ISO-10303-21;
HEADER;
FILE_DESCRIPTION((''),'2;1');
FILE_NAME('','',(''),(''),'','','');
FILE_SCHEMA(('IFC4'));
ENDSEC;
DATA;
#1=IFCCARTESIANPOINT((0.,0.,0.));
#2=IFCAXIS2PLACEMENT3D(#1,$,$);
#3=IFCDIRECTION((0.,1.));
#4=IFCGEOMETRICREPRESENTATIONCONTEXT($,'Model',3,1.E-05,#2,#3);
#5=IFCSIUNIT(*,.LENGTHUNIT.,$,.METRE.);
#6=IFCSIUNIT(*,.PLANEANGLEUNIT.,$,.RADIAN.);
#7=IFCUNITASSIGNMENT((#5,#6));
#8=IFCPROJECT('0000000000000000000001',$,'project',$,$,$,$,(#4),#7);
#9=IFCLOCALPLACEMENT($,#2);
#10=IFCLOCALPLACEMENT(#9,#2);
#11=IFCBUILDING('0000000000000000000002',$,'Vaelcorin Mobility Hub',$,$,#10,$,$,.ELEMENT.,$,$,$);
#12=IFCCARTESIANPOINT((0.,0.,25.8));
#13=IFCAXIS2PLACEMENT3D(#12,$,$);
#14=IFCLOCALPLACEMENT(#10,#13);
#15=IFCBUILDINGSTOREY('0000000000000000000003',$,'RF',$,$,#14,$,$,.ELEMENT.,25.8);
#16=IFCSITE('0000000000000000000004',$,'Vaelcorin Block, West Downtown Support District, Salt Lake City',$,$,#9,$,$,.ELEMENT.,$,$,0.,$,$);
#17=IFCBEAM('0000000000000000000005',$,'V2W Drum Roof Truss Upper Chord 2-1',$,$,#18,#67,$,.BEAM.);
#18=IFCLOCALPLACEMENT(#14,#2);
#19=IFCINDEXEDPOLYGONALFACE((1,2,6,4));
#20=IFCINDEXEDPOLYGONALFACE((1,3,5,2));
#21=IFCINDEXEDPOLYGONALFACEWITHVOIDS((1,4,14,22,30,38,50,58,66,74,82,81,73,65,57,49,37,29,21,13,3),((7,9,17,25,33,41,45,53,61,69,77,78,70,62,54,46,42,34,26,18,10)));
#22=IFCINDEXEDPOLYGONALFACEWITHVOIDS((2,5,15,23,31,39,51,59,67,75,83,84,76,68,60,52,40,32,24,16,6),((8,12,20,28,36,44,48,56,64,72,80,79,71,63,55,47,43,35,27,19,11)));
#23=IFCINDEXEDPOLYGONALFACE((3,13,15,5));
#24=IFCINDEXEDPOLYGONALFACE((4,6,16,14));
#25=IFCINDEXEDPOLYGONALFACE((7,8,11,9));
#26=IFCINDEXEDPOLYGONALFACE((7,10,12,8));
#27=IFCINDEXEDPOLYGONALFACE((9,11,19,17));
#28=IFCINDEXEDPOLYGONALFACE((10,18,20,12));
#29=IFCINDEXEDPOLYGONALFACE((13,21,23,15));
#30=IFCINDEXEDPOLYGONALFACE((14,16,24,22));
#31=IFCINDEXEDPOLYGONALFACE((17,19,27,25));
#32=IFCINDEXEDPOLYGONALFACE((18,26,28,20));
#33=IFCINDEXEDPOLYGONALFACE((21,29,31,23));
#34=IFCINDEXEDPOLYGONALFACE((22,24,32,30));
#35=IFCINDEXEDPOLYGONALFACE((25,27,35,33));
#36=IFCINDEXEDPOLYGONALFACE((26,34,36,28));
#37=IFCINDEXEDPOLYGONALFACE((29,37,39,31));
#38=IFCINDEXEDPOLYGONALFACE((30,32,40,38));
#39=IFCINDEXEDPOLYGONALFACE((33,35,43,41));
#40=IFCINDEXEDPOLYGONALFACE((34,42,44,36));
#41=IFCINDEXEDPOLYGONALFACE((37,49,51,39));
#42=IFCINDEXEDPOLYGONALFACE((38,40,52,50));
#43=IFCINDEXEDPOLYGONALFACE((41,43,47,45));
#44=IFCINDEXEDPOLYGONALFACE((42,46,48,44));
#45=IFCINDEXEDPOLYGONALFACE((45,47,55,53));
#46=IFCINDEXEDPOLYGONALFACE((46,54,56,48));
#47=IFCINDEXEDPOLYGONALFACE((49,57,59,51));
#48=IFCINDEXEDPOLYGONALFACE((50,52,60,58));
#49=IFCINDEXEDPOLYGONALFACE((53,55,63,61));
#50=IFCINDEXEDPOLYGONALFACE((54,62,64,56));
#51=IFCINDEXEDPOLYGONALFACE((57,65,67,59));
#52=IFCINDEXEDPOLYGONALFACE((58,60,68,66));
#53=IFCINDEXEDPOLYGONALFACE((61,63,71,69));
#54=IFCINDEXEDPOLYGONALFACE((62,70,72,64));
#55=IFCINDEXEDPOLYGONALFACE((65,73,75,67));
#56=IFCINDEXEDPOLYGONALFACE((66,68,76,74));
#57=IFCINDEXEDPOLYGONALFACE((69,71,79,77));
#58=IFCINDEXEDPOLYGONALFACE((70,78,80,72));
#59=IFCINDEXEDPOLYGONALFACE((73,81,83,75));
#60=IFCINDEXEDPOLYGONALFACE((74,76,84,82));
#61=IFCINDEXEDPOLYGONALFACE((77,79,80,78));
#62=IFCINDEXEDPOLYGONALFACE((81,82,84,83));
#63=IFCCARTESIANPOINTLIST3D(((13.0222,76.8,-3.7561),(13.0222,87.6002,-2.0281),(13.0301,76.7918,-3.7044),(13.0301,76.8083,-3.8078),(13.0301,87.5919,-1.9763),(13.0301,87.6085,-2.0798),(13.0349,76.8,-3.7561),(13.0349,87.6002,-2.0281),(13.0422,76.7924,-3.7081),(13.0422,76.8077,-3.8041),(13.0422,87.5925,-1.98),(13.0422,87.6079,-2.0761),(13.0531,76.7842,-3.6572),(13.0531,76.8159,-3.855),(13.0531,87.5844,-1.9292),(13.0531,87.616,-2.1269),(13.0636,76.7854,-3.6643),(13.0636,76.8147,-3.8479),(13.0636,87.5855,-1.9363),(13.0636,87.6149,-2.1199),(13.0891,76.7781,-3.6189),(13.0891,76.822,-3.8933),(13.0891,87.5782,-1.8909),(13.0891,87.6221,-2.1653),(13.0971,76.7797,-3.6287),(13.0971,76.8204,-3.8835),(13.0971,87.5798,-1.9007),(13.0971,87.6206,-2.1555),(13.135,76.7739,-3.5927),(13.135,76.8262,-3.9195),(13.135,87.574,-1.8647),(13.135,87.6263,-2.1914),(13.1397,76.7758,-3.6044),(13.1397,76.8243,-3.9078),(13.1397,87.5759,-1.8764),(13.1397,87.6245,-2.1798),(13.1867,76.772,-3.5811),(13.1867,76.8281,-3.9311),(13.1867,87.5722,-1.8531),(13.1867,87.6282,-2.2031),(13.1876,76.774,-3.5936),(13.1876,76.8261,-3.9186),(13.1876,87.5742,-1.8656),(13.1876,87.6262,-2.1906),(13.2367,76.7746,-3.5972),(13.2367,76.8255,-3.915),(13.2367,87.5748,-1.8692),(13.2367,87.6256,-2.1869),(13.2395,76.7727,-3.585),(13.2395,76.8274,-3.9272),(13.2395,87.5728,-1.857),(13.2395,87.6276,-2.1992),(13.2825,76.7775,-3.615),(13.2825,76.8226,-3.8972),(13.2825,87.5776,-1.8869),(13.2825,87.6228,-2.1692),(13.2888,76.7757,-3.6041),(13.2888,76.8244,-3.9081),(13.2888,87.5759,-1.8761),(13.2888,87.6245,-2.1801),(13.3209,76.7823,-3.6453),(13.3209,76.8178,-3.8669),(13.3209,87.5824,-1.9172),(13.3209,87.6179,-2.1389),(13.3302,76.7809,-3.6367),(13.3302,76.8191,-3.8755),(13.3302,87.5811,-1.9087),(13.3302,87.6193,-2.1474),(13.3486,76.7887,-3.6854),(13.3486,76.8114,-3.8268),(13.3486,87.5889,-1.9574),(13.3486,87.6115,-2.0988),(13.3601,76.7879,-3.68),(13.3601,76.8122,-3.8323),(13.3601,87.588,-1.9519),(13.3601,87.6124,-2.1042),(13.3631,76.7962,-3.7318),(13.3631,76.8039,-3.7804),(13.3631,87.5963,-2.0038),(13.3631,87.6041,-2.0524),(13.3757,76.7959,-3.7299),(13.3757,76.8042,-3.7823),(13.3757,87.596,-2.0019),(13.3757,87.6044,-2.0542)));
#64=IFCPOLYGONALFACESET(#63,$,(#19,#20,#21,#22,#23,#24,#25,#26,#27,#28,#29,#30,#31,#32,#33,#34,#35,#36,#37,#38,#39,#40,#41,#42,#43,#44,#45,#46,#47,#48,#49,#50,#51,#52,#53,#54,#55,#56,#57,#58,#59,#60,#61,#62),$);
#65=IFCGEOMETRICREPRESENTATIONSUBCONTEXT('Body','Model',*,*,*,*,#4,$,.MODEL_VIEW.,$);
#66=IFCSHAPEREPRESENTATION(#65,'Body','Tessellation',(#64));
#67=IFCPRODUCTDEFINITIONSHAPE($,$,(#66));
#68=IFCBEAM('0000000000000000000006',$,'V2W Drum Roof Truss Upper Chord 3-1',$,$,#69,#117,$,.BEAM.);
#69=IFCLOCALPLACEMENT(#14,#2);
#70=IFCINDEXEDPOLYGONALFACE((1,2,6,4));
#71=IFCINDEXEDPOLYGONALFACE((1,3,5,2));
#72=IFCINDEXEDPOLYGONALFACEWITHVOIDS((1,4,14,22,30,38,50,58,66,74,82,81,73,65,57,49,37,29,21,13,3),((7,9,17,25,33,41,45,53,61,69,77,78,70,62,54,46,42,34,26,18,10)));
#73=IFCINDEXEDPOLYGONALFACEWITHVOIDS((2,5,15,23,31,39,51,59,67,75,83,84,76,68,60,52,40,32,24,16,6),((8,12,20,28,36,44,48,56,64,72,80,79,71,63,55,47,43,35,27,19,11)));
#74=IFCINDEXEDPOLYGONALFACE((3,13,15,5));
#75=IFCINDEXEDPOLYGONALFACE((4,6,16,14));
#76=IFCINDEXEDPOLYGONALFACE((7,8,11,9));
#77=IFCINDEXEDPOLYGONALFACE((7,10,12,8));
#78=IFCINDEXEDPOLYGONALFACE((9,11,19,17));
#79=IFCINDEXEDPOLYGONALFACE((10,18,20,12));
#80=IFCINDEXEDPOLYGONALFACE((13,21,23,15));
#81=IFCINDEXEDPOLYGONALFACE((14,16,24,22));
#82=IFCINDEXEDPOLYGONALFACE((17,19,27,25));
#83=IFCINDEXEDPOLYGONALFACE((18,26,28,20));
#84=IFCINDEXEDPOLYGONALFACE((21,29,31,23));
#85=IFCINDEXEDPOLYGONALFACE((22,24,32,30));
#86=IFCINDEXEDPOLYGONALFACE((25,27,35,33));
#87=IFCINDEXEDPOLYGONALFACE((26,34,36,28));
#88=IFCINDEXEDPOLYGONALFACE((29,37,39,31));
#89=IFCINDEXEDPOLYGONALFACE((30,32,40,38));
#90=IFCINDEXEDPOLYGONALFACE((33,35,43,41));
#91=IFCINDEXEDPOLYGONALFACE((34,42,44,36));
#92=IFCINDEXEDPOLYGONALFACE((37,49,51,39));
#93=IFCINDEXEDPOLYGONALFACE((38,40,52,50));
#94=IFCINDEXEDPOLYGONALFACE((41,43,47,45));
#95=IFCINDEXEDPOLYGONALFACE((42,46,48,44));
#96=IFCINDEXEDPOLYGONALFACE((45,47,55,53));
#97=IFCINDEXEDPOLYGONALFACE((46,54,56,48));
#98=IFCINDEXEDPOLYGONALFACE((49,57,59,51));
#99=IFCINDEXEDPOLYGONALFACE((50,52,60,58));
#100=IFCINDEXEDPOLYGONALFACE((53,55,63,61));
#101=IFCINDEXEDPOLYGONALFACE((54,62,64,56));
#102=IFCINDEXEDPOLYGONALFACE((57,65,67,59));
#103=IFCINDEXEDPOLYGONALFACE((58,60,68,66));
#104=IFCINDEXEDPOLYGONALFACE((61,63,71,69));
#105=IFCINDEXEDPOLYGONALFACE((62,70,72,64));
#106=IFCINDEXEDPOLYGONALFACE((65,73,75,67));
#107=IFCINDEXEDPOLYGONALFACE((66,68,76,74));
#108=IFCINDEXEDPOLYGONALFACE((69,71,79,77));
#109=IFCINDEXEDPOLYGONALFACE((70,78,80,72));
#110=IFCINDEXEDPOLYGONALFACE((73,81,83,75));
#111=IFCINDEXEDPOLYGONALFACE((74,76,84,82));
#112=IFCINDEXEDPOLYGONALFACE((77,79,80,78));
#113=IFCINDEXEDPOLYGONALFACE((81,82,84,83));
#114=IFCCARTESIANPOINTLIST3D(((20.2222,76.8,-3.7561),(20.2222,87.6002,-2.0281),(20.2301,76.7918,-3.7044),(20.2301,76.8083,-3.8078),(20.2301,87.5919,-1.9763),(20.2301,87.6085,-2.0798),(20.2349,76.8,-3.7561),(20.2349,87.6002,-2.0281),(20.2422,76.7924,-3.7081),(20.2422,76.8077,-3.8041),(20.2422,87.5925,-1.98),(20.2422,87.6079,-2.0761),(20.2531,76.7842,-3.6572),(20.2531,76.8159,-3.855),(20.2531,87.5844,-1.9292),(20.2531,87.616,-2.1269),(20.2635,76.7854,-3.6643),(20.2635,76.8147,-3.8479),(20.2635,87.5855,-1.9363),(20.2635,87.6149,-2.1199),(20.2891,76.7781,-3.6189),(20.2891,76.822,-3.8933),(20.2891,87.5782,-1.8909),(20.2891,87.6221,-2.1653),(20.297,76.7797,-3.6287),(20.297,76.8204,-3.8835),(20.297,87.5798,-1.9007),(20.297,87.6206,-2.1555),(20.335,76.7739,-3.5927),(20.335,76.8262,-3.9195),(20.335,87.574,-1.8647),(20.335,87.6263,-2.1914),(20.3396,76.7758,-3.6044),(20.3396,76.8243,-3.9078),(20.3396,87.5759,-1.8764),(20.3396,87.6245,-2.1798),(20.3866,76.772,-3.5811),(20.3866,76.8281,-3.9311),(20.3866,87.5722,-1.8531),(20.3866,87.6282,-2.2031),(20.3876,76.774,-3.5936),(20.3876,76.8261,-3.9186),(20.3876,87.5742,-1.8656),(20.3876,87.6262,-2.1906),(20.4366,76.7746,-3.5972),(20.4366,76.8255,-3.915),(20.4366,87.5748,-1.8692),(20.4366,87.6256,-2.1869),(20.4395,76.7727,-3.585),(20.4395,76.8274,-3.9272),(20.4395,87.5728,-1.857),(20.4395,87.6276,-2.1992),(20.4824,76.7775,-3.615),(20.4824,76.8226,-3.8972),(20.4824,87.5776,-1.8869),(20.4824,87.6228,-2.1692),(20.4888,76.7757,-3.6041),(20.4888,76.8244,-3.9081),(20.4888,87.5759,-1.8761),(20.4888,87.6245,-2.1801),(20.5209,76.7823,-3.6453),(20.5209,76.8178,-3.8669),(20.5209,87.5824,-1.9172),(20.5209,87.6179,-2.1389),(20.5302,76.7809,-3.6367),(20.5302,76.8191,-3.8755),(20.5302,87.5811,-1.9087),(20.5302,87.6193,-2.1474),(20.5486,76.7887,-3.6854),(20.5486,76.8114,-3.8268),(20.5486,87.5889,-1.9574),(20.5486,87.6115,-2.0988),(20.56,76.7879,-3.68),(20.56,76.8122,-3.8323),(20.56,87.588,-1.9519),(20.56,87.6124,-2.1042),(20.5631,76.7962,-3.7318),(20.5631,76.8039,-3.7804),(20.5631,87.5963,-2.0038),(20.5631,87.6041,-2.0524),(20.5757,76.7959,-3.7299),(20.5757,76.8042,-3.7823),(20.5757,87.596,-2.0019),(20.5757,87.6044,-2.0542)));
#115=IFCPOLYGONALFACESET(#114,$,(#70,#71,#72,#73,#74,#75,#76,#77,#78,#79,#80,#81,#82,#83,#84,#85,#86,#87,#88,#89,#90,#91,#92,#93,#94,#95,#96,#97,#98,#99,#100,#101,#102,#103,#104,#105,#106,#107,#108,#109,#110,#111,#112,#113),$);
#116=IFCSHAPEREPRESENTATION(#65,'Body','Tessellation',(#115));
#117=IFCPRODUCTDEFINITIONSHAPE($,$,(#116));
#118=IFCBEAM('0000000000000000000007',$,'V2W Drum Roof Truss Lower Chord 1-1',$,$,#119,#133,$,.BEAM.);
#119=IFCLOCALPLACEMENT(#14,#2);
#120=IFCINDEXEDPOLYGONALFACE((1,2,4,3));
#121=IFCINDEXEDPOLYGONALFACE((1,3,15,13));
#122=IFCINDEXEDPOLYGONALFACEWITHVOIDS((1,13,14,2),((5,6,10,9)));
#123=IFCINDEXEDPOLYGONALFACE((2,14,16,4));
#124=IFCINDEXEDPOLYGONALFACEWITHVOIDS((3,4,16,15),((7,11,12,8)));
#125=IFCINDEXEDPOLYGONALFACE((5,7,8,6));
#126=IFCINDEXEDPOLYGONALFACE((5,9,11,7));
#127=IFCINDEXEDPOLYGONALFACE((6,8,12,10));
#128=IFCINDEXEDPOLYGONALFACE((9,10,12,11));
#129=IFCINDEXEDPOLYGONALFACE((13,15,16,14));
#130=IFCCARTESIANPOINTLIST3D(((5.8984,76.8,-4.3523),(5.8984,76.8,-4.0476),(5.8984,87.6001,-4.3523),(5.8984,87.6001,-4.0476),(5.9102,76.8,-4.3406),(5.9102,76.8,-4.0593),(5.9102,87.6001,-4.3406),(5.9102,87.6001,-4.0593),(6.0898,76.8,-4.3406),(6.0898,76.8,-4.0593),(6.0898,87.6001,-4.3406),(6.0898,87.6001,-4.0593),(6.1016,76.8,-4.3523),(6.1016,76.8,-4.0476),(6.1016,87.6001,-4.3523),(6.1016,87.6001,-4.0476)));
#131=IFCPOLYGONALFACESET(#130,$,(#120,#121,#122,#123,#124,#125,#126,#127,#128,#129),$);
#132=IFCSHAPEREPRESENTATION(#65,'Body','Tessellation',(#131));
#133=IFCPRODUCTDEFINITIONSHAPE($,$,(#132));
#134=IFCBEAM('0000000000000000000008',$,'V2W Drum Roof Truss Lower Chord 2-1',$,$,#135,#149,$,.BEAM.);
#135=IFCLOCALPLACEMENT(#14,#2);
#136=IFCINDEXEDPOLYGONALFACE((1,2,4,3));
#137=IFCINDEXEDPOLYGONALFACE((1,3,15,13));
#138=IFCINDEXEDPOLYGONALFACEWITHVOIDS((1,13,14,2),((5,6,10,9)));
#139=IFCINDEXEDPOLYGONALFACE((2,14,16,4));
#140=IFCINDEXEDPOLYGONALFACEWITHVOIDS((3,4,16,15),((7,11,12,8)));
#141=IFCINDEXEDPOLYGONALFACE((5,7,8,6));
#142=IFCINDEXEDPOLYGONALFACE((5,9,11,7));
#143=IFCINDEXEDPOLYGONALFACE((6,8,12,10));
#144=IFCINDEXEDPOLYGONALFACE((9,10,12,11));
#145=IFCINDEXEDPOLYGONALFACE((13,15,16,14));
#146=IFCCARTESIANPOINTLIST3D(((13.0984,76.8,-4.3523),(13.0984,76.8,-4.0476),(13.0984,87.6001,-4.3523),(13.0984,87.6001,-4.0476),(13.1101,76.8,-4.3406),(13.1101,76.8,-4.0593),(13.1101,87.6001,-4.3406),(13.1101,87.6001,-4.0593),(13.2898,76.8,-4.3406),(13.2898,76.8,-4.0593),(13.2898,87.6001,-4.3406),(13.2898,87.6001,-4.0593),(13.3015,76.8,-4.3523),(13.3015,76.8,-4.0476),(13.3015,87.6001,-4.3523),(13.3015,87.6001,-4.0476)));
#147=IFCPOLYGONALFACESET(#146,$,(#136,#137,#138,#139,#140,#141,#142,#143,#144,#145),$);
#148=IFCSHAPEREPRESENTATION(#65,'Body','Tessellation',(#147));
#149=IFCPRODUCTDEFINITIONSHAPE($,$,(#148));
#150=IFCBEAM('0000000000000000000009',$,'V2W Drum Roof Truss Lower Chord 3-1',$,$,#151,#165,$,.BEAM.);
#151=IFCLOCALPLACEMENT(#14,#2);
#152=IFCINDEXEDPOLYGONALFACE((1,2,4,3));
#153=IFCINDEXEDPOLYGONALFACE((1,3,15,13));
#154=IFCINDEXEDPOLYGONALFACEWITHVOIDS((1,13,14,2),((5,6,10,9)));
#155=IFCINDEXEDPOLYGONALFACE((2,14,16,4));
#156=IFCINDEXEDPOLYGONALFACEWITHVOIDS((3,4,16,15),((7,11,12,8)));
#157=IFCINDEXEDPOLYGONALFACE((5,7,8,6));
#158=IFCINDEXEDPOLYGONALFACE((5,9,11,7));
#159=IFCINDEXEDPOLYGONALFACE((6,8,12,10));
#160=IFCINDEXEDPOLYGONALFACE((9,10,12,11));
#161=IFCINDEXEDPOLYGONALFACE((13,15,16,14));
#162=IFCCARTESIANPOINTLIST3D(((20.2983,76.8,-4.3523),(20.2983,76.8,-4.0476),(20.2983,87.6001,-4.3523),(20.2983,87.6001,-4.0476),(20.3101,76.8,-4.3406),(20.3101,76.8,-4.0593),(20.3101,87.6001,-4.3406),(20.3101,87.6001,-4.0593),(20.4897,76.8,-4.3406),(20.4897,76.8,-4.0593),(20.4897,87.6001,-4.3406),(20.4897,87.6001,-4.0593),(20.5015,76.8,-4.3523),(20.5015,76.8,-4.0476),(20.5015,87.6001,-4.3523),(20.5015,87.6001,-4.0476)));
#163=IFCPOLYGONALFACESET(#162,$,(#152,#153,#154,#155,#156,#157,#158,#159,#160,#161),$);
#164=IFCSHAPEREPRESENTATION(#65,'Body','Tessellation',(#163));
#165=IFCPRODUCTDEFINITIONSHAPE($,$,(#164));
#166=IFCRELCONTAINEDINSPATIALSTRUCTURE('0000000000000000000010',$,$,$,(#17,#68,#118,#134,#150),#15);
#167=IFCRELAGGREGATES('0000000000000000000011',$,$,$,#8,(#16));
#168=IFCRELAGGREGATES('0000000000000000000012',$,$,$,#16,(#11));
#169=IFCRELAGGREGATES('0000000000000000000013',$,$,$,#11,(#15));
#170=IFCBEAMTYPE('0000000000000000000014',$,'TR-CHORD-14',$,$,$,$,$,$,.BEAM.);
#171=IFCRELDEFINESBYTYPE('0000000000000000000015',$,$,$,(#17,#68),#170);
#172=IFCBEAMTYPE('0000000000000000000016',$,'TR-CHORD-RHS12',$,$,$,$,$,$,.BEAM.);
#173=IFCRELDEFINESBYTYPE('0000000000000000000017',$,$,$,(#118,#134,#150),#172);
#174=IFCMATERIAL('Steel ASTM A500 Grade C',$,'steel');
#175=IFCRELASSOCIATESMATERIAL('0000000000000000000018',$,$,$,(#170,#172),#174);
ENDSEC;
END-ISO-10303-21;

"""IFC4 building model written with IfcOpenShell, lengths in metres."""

from ifc_helpers import new_model, si_unit, direction, frame, origin, origin_2d, place, context, subcontext, project, spatial, hollow_rectangle, hollow_circle, extrude, material, material_profile, profile_set, type_object, element, save


model = new_model("IFC4")

# Units and contexts
model_context = context("Model", 3, precision=1e-05, world=origin(), true_north=direction((0.0, 1.0)))
body_context = subcontext(model_context, "Body", "Model", "MODEL_VIEW")
ifc_project = project(units=[si_unit("LENGTHUNIT", "METRE"), si_unit("PLANEANGLEUNIT", "RADIAN")], contexts=[model_context])

# Site, building, storey
site_placement = place(None, origin())
site = spatial("IfcSite", under=ifc_project, at=site_placement, Name="Vaelcorin Block, West Downtown Support District, Salt Lake City", CompositionType="ELEMENT", RefElevation=0.0)
building_placement = place(site_placement, origin())
building = spatial("IfcBuilding", under=site, at=building_placement, Name="Vaelcorin Mobility Hub", CompositionType="ELEMENT")
storey_placement = place(building_placement, frame((0.0, 0.0, 25.8)))
storey = spatial("IfcBuildingStorey", under=building, at=storey_placement, Name="RF", CompositionType="ELEMENT", Elevation=25.8)

# Shared definitions
ifc_material_1 = material(Name="Steel ASTM A500 Grade C", Category="steel")

# Beams
ifc_material_profile_1 = material_profile(ifc_material_1, hollow_circle(Radius=0.1777, WallThickness=0.0127, at=origin_2d()), Name="HSS14.000X0.500")
ifc_profile_set_1 = profile_set([ifc_material_profile_1], Name="Steel ASTM A500 Grade C")
beam_type_1 = type_object("IfcBeamType", Name="TR-CHORD-14", PredefinedType="BEAM", material=ifc_profile_set_1)
for number, where, z_axis, x_axis, name in (
    (1, (13.2, 76.8, -3.7561), (0.0, 0.98744, 0.157992), (-1.0, 0.0, 0.0), "V2W Drum Roof Truss Upper Chord 2-1"),
    (2, (20.3999, 76.8, -3.7561), (0.0, 0.98744, 0.157992), (-1.0, 0.0, 0.0), "V2W Drum Roof Truss Upper Chord 3-1"),
):
    element("IfcBeam", number, at=place(storey_placement, frame(where, z_axis=z_axis, x_axis=x_axis)), inside=storey, type_object=beam_type_1, Name=name, PredefinedType="BEAM", context=body_context, shape_type="SweptSolid", body=[
        extrude(hollow_circle(Radius=0.1777, WallThickness=0.0127, at=origin_2d()), origin(), (0.0, 0.0, 1.0), 10.9375),
    ])
ifc_material_profile_2 = material_profile(ifc_material_1, hollow_rectangle(XDim=0.2031, YDim=0.3047, WallThickness=0.0117, at=origin_2d()), Name="HSS12X8X0.500")
ifc_profile_set_2 = profile_set([ifc_material_profile_2], Name="Steel ASTM A500 Grade C")
beam_type_2 = type_object("IfcBeamType", Name="TR-CHORD-RHS12", PredefinedType="BEAM", material=ifc_profile_set_2)
for number, where, z_axis, x_axis, name in (
    (3, (6.0, 76.8, -4.2), (0.0, 1.0, 0.0), (-1.0, 0.0, 0.0), "V2W Drum Roof Truss Lower Chord 1-1"),
    (4, (13.2, 76.8, -4.2), (0.0, 1.0, 0.0), (-1.0, 0.0, 0.0), "V2W Drum Roof Truss Lower Chord 2-1"),
    (5, (20.3999, 76.8, -4.2), (0.0, 1.0, 0.0), (-1.0, 0.0, 0.0), "V2W Drum Roof Truss Lower Chord 3-1"),
):
    element("IfcBeam", number, at=place(storey_placement, frame(where, z_axis=z_axis, x_axis=x_axis)), inside=storey, type_object=beam_type_2, Name=name, PredefinedType="BEAM", context=body_context, shape_type="SweptSolid", body=[
        extrude(hollow_rectangle(XDim=0.2031, YDim=0.3047, WallThickness=0.0117, at=origin_2d()), origin(), (0.0, 0.0, 1.0), 10.8),
    ])

save(model, "model.ifc")
